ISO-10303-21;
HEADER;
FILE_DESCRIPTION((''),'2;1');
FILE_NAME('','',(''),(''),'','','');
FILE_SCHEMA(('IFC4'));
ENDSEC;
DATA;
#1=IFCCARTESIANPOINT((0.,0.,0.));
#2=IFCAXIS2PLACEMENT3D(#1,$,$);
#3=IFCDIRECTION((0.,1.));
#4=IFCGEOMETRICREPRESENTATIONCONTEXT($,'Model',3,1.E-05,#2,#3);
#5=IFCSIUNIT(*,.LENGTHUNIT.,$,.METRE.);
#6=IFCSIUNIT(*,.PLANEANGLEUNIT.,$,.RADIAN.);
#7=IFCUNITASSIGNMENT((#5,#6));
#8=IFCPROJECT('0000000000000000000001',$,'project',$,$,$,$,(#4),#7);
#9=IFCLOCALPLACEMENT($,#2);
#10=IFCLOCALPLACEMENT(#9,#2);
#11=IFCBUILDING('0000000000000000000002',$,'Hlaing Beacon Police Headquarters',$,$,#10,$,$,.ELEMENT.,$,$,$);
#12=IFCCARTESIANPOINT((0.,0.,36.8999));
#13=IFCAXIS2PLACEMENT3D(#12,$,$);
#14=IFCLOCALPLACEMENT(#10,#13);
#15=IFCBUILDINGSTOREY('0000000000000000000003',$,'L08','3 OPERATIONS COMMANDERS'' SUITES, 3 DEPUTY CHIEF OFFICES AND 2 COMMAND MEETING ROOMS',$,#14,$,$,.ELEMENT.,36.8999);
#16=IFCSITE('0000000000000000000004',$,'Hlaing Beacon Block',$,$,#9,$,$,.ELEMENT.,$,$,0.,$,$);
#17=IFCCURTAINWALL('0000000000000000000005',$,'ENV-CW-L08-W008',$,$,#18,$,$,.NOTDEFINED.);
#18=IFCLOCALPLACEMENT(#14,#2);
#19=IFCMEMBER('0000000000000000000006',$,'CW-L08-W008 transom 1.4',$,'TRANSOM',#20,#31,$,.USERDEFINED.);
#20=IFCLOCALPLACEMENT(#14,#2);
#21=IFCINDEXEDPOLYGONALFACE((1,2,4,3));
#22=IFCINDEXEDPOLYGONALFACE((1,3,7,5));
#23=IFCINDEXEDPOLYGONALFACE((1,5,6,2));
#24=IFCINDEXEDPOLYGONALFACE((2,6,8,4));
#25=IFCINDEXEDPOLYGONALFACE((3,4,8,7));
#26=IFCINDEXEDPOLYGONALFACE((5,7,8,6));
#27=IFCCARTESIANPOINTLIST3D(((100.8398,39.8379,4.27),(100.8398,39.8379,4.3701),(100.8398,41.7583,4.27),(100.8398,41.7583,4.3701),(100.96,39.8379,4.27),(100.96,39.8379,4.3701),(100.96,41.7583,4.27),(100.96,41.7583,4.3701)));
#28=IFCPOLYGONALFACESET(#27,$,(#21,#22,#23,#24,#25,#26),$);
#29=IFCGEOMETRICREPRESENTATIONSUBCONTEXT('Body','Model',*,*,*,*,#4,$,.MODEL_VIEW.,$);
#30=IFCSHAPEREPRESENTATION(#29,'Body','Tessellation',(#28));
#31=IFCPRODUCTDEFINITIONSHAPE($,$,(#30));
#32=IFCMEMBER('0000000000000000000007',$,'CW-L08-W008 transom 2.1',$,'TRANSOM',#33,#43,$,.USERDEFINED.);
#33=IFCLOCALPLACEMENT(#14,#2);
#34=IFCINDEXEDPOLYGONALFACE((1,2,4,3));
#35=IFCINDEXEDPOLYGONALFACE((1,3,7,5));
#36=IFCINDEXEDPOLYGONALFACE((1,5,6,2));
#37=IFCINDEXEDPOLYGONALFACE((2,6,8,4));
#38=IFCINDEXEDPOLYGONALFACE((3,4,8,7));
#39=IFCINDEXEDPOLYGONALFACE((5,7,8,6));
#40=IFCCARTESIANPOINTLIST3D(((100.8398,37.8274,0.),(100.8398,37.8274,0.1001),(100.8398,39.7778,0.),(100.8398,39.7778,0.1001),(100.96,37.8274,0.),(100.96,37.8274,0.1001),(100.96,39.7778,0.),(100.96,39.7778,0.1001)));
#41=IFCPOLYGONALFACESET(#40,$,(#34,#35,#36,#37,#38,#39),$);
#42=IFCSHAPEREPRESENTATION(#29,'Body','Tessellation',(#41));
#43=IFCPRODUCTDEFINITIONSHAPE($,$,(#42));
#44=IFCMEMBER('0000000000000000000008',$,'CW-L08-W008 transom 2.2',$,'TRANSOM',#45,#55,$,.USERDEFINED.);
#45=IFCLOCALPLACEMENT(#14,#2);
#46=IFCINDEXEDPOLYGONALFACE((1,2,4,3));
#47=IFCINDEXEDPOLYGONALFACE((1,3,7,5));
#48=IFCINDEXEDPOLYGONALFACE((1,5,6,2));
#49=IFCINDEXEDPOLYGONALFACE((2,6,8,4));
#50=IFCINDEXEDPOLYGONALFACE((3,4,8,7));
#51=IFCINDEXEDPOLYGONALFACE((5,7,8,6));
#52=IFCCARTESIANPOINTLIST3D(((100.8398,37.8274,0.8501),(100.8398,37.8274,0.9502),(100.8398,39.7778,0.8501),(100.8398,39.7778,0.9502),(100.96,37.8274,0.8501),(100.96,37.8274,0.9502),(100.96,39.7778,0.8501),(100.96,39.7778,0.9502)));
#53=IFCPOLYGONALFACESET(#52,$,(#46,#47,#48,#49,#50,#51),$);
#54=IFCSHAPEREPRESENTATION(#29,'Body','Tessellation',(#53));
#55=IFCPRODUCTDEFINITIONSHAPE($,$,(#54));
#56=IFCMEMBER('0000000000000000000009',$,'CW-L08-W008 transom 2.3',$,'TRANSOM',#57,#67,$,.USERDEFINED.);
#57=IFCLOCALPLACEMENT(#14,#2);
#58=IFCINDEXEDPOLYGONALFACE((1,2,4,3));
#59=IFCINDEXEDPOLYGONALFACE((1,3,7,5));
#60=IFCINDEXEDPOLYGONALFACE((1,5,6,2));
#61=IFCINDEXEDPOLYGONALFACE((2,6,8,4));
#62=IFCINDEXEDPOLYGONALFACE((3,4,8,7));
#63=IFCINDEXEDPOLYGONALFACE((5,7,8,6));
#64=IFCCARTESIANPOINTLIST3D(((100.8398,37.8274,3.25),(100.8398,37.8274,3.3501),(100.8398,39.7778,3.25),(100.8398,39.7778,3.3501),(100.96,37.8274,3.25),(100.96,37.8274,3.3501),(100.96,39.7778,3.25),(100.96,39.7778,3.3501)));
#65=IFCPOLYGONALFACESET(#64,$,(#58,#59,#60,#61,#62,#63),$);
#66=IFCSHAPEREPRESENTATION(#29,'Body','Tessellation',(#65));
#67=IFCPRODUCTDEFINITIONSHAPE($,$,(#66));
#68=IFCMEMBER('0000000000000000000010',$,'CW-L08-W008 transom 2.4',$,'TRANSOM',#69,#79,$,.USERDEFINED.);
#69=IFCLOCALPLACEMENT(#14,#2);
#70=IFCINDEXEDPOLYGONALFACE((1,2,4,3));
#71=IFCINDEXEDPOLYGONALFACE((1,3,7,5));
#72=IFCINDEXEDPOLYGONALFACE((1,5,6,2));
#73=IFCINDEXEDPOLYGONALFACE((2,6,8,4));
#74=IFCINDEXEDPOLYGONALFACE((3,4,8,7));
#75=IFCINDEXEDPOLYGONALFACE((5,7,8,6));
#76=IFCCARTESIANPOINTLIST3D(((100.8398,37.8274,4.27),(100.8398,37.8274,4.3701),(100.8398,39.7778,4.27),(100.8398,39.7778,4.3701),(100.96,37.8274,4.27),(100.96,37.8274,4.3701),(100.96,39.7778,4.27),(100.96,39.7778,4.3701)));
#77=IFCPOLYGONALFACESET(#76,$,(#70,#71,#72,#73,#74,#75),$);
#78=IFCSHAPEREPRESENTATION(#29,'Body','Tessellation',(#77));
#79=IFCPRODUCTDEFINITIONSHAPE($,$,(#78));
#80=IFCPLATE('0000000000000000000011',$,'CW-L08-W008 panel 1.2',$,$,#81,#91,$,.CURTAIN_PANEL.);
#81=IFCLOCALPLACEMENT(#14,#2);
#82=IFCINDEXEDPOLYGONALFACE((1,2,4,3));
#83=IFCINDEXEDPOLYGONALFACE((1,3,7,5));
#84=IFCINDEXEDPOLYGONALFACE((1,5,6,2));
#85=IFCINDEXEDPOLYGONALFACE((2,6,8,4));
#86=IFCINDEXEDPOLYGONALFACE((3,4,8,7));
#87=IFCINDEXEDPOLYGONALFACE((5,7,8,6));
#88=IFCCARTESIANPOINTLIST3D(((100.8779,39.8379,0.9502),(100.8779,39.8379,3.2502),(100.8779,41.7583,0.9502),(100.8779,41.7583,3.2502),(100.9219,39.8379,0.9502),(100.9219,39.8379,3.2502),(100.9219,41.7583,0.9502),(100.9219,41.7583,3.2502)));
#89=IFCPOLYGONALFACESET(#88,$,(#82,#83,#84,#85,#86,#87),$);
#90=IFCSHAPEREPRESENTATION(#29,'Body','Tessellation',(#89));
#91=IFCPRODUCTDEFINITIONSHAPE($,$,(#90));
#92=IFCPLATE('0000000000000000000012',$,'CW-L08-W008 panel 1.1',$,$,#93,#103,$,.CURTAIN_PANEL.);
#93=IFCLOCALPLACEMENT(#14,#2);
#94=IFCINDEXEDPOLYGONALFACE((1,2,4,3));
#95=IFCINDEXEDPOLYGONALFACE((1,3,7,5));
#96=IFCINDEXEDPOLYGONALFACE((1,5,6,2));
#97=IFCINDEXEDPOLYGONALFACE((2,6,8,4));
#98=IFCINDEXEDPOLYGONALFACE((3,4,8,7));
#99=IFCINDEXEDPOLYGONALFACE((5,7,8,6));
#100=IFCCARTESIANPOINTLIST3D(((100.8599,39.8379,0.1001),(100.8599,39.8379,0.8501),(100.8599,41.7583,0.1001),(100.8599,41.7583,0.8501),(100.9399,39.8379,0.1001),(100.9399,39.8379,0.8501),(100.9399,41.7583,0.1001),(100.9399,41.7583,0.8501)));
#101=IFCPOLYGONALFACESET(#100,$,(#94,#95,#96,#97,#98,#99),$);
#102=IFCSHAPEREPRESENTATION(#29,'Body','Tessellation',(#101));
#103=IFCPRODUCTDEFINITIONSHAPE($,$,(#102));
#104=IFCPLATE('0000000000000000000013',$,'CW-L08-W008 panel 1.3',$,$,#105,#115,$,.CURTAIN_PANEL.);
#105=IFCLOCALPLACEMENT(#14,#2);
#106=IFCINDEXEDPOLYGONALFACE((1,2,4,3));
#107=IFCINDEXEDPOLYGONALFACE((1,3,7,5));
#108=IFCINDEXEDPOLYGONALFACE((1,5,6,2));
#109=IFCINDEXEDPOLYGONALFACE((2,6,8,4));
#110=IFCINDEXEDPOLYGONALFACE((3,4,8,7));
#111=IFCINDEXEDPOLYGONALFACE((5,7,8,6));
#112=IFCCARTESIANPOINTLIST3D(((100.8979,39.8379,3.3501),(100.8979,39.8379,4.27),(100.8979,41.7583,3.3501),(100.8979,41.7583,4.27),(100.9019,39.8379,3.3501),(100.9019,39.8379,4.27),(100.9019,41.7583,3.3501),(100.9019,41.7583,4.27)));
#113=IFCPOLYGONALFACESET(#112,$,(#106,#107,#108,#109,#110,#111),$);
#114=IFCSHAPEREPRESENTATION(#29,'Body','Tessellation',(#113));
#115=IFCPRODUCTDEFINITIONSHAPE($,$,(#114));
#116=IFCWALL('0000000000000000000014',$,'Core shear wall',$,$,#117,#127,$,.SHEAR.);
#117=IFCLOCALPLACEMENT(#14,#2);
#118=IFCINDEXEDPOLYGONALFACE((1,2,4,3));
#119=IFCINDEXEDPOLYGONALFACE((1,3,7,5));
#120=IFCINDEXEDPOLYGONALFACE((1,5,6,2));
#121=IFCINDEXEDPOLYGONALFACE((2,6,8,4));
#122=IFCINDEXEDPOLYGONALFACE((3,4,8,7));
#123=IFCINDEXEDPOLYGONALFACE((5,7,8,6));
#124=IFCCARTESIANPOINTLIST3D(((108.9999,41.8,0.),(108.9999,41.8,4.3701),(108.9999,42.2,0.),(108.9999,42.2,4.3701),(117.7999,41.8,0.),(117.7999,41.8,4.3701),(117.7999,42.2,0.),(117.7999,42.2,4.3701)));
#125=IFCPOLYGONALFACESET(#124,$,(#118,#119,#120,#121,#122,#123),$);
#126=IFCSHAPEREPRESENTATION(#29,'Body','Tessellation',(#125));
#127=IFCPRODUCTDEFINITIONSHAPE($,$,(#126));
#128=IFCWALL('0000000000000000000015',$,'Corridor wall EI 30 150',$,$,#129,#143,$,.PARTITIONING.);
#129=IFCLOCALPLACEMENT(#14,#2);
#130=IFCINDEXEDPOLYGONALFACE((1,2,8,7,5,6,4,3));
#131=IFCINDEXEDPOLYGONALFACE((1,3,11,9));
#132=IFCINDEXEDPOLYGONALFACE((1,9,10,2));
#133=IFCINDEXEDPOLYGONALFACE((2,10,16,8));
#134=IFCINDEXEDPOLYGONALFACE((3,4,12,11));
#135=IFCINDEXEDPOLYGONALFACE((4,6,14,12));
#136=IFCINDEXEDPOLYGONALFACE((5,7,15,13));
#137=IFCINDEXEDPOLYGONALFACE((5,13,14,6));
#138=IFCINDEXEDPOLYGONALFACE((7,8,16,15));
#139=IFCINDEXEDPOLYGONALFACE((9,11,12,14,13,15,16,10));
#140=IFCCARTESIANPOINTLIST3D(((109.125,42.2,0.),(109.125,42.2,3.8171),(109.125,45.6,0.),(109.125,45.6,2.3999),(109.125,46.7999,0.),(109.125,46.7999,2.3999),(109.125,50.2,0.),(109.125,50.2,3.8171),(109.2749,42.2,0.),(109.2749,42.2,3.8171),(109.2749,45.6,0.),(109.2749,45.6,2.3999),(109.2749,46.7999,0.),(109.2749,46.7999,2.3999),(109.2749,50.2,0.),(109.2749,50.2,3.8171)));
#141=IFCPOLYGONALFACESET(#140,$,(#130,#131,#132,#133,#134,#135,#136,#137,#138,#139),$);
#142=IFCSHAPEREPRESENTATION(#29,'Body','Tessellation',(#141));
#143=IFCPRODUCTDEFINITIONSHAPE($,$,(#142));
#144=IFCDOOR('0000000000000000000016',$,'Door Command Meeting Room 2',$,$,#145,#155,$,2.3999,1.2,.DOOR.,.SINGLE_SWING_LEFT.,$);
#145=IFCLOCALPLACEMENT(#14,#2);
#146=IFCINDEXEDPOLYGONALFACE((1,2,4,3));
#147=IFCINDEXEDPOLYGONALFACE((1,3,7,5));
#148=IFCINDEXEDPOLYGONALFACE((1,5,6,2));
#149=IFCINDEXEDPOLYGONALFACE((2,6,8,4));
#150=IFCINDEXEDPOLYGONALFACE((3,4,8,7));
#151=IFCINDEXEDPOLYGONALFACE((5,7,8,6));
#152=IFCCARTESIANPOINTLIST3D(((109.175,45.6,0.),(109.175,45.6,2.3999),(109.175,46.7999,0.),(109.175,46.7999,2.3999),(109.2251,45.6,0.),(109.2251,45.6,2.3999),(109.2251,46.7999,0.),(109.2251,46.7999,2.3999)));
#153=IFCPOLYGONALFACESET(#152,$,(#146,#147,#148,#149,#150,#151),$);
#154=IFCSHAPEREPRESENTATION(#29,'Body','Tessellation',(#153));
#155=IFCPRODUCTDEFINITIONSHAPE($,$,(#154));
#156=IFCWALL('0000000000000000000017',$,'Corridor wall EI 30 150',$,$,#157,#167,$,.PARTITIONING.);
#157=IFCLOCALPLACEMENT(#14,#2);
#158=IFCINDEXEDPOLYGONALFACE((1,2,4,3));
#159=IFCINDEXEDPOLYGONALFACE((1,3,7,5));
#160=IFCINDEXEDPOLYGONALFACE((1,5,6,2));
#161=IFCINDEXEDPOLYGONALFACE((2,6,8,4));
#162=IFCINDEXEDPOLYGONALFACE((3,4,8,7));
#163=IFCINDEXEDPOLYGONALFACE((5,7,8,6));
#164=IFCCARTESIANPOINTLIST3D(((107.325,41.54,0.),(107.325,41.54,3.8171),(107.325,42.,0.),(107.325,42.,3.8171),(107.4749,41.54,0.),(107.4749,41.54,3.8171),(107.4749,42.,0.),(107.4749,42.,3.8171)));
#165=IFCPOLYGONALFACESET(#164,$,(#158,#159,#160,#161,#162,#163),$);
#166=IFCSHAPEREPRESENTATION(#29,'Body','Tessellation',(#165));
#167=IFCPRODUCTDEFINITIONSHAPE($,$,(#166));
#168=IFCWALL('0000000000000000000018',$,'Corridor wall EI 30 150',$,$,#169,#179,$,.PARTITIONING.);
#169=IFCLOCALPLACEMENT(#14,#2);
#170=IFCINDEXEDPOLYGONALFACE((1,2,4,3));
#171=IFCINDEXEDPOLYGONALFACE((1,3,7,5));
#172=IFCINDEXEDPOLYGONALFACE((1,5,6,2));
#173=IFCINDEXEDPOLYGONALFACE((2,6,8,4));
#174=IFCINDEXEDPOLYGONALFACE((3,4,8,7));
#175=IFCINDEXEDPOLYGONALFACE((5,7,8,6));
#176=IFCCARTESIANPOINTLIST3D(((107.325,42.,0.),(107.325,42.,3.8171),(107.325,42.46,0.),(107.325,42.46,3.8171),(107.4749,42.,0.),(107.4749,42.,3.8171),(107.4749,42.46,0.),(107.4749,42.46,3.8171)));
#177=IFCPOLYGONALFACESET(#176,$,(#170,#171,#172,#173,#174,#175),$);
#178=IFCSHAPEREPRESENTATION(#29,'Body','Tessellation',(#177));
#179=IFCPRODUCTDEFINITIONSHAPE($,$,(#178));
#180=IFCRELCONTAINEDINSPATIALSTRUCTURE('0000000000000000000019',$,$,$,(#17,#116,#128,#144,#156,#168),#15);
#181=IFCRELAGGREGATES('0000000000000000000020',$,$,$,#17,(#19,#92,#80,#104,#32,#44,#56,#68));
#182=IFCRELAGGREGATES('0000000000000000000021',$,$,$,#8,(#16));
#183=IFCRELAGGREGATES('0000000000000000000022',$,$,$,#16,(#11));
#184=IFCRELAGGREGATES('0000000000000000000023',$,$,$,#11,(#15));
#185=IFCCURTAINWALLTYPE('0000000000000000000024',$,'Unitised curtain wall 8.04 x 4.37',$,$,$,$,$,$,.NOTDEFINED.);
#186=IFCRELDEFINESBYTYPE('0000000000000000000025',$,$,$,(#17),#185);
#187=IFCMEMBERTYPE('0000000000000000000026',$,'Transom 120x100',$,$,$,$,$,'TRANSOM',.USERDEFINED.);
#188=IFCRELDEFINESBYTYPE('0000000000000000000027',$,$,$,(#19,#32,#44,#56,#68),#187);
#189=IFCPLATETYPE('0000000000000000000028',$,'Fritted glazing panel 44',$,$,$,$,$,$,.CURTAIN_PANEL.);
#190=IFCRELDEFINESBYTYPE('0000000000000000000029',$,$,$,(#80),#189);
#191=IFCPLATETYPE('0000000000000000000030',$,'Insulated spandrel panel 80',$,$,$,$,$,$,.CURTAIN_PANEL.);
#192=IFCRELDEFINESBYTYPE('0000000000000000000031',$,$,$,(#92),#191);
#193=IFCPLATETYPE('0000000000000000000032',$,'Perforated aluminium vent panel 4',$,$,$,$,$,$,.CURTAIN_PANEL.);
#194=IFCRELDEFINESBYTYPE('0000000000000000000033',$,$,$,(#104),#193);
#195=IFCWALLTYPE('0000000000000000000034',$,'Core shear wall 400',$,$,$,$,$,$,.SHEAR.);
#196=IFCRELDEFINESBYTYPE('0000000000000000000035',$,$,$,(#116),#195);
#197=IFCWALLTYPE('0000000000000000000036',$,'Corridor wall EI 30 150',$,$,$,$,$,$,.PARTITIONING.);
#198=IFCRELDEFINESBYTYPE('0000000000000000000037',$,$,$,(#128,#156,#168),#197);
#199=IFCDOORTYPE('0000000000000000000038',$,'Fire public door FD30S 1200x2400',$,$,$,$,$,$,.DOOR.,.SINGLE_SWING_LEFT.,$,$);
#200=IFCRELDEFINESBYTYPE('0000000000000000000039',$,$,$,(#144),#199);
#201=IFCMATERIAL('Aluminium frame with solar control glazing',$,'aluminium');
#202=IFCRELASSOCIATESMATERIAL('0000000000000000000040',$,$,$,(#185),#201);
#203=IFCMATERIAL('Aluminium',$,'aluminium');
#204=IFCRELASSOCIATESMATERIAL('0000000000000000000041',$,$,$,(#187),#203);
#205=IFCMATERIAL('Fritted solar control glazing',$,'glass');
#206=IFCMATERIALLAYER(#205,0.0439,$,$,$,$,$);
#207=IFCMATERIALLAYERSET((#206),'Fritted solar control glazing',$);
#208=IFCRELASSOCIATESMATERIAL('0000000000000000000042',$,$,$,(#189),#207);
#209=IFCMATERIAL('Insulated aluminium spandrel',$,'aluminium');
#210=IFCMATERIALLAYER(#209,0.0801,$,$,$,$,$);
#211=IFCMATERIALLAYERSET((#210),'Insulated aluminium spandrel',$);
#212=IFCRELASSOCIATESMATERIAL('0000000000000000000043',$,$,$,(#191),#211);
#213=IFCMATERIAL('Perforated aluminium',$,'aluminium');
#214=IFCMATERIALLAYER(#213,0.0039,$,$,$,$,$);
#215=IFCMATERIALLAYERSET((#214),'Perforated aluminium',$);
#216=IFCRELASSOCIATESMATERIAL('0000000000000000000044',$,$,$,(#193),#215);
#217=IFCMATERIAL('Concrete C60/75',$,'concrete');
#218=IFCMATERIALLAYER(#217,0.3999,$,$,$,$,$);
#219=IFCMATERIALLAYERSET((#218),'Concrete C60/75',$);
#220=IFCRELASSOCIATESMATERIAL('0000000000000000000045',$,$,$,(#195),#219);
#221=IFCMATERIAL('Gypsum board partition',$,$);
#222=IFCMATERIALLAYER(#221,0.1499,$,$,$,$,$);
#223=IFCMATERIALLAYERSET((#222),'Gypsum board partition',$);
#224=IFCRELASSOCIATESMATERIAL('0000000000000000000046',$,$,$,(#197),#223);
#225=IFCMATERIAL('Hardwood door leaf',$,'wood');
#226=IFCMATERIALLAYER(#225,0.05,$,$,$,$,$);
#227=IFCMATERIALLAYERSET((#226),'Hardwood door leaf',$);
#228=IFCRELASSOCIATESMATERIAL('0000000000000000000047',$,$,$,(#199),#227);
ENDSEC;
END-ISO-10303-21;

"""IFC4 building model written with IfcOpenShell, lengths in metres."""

from ifc_helpers import new_model, si_unit, direction, frame, frame_2d, origin, origin_2d, place, context, subcontext, project, spatial, rectangle, extrude, material, layer, layer_set, material_profile, profile_set, type_object, element, fill, aggregate, save


model = new_model("IFC4")

# Units and contexts
model_context = context("Model", 3, precision=1e-05, world=origin(), true_north=direction((0.0, 1.0)))
body_context = subcontext(model_context, "Body", "Model", "MODEL_VIEW")
ifc_project = project(units=[si_unit("LENGTHUNIT", "METRE"), si_unit("PLANEANGLEUNIT", "RADIAN")], contexts=[model_context])

# Site, building, storey
site_placement = place(None, origin())
site = spatial("IfcSite", under=ifc_project, at=site_placement, Name="Hlaing Beacon Block", CompositionType="ELEMENT", RefElevation=0.0)
building_placement = place(site_placement, origin())
building = spatial("IfcBuilding", under=site, at=building_placement, Name="Hlaing Beacon Police Headquarters", CompositionType="ELEMENT")
storey_placement = place(building_placement, frame((0.0, 0.0, 36.8999)))
storey = spatial("IfcBuildingStorey", under=building, at=storey_placement, Name="L08", Description="3 OPERATIONS COMMANDERS' SUITES, 3 DEPUTY CHIEF OFFICES AND 2 COMMAND MEETING ROOMS", CompositionType="ELEMENT", Elevation=36.8999)

# Curtain wall
ifc_material_1 = material(Name="Aluminium frame with solar control glazing", Category="aluminium")
curtain_wall_type = type_object("IfcCurtainWallType", Name="Unitised curtain wall 8.04 x 4.37", PredefinedType="NOTDEFINED", material=ifc_material_1)
curtain_wall_1_placement = place(storey_placement, origin())
curtain_wall_1 = element("IfcCurtainWall", 1, at=curtain_wall_1_placement, inside=storey, type_object=curtain_wall_type, Name="ENV-CW-L08-W008", PredefinedType="NOTDEFINED")

# Members
ifc_material_2 = material(Name="Aluminium", Category="aluminium")
ifc_material_profile_1 = material_profile(ifc_material_2, rectangle(XDim=0.1201, YDim=0.1001, at=origin_2d()), Name="Transom 120x100")
ifc_profile_set_1 = profile_set([ifc_material_profile_1], Name="Aluminium")
member_type_1 = type_object("IfcMemberType", Name="Transom 120x100", ElementType="TRANSOM", PredefinedType="USERDEFINED", material=ifc_profile_set_1)
member_1_placement = place(storey_placement, frame((100.8999, 41.7583, 4.3201), z_axis=(0.0, -1.0, 0.0), x_axis=(1.0, 0.0, 0.0)))
member_1 = element("IfcMember", 2, at=member_1_placement, type_object=member_type_1, Name="CW-L08-W008 transom 1.4", ObjectType="TRANSOM", PredefinedType="USERDEFINED", context=body_context, shape_type="SweptSolid", body=[
    extrude(rectangle(XDim=0.1201, YDim=0.1001, at=origin_2d()), origin(), (0.0, 0.0, 1.0), 1.9204),
])
member_2_placement = place(storey_placement, frame((100.8999, 39.7778, 0.05), z_axis=(0.0, -1.0, 0.0), x_axis=(1.0, 0.0, 0.0)))
member_2 = element("IfcMember", 3, at=member_2_placement, type_object=member_type_1, Name="CW-L08-W008 transom 2.1", ObjectType="TRANSOM", PredefinedType="USERDEFINED", context=body_context, shape_type="SweptSolid", body=[
    extrude(rectangle(XDim=0.1201, YDim=0.1001, at=origin_2d()), origin(), (0.0, 0.0, 1.0), 1.9504),
])
member_3_placement = place(storey_placement, frame((100.8999, 39.7778, 0.9001), z_axis=(0.0, -1.0, 0.0), x_axis=(1.0, 0.0, 0.0)))
member_3 = element("IfcMember", 4, at=member_3_placement, type_object=member_type_1, Name="CW-L08-W008 transom 2.2", ObjectType="TRANSOM", PredefinedType="USERDEFINED", context=body_context, shape_type="SweptSolid", body=[
    extrude(rectangle(XDim=0.1201, YDim=0.1001, at=origin_2d()), origin(), (0.0, 0.0, 1.0), 1.9504),
])
member_4_placement = place(storey_placement, frame((100.8999, 39.7778, 3.3), z_axis=(0.0, -1.0, 0.0), x_axis=(1.0, 0.0, 0.0)))
member_4 = element("IfcMember", 5, at=member_4_placement, type_object=member_type_1, Name="CW-L08-W008 transom 2.3", ObjectType="TRANSOM", PredefinedType="USERDEFINED", context=body_context, shape_type="SweptSolid", body=[
    extrude(rectangle(XDim=0.1201, YDim=0.1001, at=origin_2d()), origin(), (0.0, 0.0, 1.0), 1.9504),
])
member_5_placement = place(storey_placement, frame((100.8999, 39.7778, 4.3201), z_axis=(0.0, -1.0, 0.0), x_axis=(1.0, 0.0, 0.0)))
member_5 = element("IfcMember", 6, at=member_5_placement, type_object=member_type_1, Name="CW-L08-W008 transom 2.4", ObjectType="TRANSOM", PredefinedType="USERDEFINED", context=body_context, shape_type="SweptSolid", body=[
    extrude(rectangle(XDim=0.1201, YDim=0.1001, at=origin_2d()), origin(), (0.0, 0.0, 1.0), 1.9504),
])

# Plates
ifc_material_3 = material(Name="Fritted solar control glazing", Category="glass")
ifc_layer_1 = layer(ifc_material_3, 0.0439)
ifc_layer_set_1 = layer_set([ifc_layer_1], Name="Fritted solar control glazing")
plate_type_1 = type_object("IfcPlateType", Name="Fritted glazing panel 44", PredefinedType="CURTAIN_PANEL", material=ifc_layer_set_1)
plate_1_placement = place(storey_placement, frame((100.8999, 40.7981, 0.9502), z_axis=(0.0, 0.0, 1.0), x_axis=(0.0, -1.0, 0.0)))
plate_1 = element("IfcPlate", 7, at=plate_1_placement, type_object=plate_type_1, Name="CW-L08-W008 panel 1.2", PredefinedType="CURTAIN_PANEL", context=body_context, shape_type="SweptSolid", body=[
    extrude(rectangle(XDim=1.9204, YDim=0.0439, at=origin_2d()), origin(), (0.0, 0.0, 1.0), 2.3),
])
ifc_material_4 = material(Name="Insulated aluminium spandrel", Category="aluminium")
ifc_layer_2 = layer(ifc_material_4, 0.0801)
ifc_layer_set_2 = layer_set([ifc_layer_2], Name="Insulated aluminium spandrel")
plate_type_2 = type_object("IfcPlateType", Name="Insulated spandrel panel 80", PredefinedType="CURTAIN_PANEL", material=ifc_layer_set_2)
plate_2_placement = place(storey_placement, frame((100.8999, 40.7981, 0.1001), z_axis=(0.0, 0.0, 1.0), x_axis=(0.0, -1.0, 0.0)))
plate_2 = element("IfcPlate", 8, at=plate_2_placement, type_object=plate_type_2, Name="CW-L08-W008 panel 1.1", PredefinedType="CURTAIN_PANEL", context=body_context, shape_type="SweptSolid", body=[
    extrude(rectangle(XDim=1.9204, YDim=0.0801, at=origin_2d()), origin(), (0.0, 0.0, 1.0), 0.75),
])
ifc_material_5 = material(Name="Perforated aluminium", Category="aluminium")
ifc_layer_3 = layer(ifc_material_5, 0.0039)
ifc_layer_set_3 = layer_set([ifc_layer_3], Name="Perforated aluminium")
plate_type_3 = type_object("IfcPlateType", Name="Perforated aluminium vent panel 4", PredefinedType="CURTAIN_PANEL", material=ifc_layer_set_3)
plate_3_placement = place(storey_placement, frame((100.8999, 40.7981, 3.3501), z_axis=(0.0, 0.0, 1.0), x_axis=(0.0, -1.0, 0.0)))
plate_3 = element("IfcPlate", 9, at=plate_3_placement, type_object=plate_type_3, Name="CW-L08-W008 panel 1.3", PredefinedType="CURTAIN_PANEL", context=body_context, shape_type="SweptSolid", body=[
    extrude(rectangle(XDim=1.9204, YDim=0.0039, at=origin_2d()), origin(), (0.0, 0.0, 1.0), 0.9199),
])
aggregate(curtain_wall_1, [member_1, plate_2, plate_1, plate_3, member_2, member_3, member_4, member_5])

# Wall
ifc_material_6 = material(Name="Concrete C60/75", Category="concrete")
ifc_layer_4 = layer(ifc_material_6, 0.3999)
ifc_layer_set_4 = layer_set([ifc_layer_4], Name="Concrete C60/75")
wall_type_1 = type_object("IfcWallType", Name="Core shear wall 400", PredefinedType="SHEAR", material=ifc_layer_set_4)
wall_1_placement = place(storey_placement, frame((109.0, 42.0, 0.0), z_axis=(0.0, 0.0, 1.0), x_axis=(1.0, 0.0, 0.0)))
element("IfcWall", 10, at=wall_1_placement, inside=storey, type_object=wall_type_1, Name="Core shear wall", PredefinedType="SHEAR", context=body_context, shape_type="SweptSolid", body=[
    extrude(rectangle(XDim=8.8, YDim=0.3999, at=frame_2d((4.3999, 0.0))), origin(), (0.0, 0.0, 1.0), 4.3701),
])

# Wall, opening, door
ifc_material_7 = material(Name="Gypsum board partition")
ifc_layer_5 = layer(ifc_material_7, 0.1499)
ifc_layer_set_5 = layer_set([ifc_layer_5], Name="Gypsum board partition")
wall_type_2 = type_object("IfcWallType", Name="Corridor wall EI 30 150", PredefinedType="PARTITIONING", material=ifc_layer_set_5)
wall_2_placement = place(storey_placement, frame((109.2, 42.2, 0.0), z_axis=(0.0, 0.0, 1.0), x_axis=(0.0, 1.0, 0.0)))
wall_2 = element("IfcWall", 11, at=wall_2_placement, inside=storey, type_object=wall_type_2, Name="Corridor wall EI 30 150", PredefinedType="PARTITIONING", context=body_context, shape_type="SweptSolid", body=[
    extrude(rectangle(XDim=8.0, YDim=0.1499, at=frame_2d((4.0, 0.0))), origin(), (0.0, 0.0, 1.0), 3.8171),
])
opening_1_placement = place(wall_2_placement, frame((3.3999, 0.0, 0.0)))
opening_1 = element("IfcOpeningElement", 12, at=opening_1_placement, cuts=wall_2, PredefinedType="OPENING", context=body_context, shape_type="SweptSolid", body=[
    extrude(rectangle(XDim=1.2, YDim=2.3999, at=frame_2d((0.6001, 1.2))), frame((0.0, 0.085, 0.0), z_axis=(0.0, -1.0, 0.0), x_axis=(1.0, 0.0, 0.0)), (0.0, 0.0, 1.0), 0.1699),
])
ifc_material_8 = material(Name="Hardwood door leaf", Category="wood")
ifc_layer_6 = layer(ifc_material_8, 0.05)
ifc_layer_set_6 = layer_set([ifc_layer_6], Name="Hardwood door leaf")
door_type_1 = type_object("IfcDoorType", Name="Fire public door FD30S 1200x2400", OperationType="SINGLE_SWING_LEFT", PredefinedType="DOOR", material=ifc_layer_set_6)
door_1_placement = place(opening_1_placement, origin())
door_1 = element("IfcDoor", 13, at=door_1_placement, inside=storey, type_object=door_type_1, Name="Door Command Meeting Room 2", OperationType="SINGLE_SWING_LEFT", OverallHeight=2.3999, OverallWidth=1.2, PredefinedType="DOOR", context=body_context, shape_type="SweptSolid", body=[
    extrude(rectangle(XDim=1.2, YDim=2.3999, at=frame_2d((0.6001, 1.2))), frame((0.0, 0.0249, 0.0), z_axis=(0.0, -1.0, 0.0), x_axis=(1.0, 0.0, 0.0)), (0.0, 0.0, 1.0), 0.05),
])
fill(opening_1, door_1)

# Walls
for number, where, z_axis, x_axis, name in (
    (14, (107.3999, 41.54, 0.0), (0.0, 0.0, 1.0), (0.0, 1.0, 0.0), "Corridor wall EI 30 150"),
    (15, (107.3999, 42.0, 0.0), (0.0, 0.0, 1.0), (0.0, 1.0, 0.0), "Corridor wall EI 30 150"),
):
    element("IfcWall", number, at=place(storey_placement, frame(where, z_axis=z_axis, x_axis=x_axis)), inside=storey, type_object=wall_type_2, Name=name, PredefinedType="PARTITIONING", context=body_context, shape_type="SweptSolid", body=[
        extrude(rectangle(XDim=0.46, YDim=0.1499, at=frame_2d((0.23, 0.0))), origin(), (0.0, 0.0, 1.0), 3.8171),
    ])

save(model, "model.ifc")
